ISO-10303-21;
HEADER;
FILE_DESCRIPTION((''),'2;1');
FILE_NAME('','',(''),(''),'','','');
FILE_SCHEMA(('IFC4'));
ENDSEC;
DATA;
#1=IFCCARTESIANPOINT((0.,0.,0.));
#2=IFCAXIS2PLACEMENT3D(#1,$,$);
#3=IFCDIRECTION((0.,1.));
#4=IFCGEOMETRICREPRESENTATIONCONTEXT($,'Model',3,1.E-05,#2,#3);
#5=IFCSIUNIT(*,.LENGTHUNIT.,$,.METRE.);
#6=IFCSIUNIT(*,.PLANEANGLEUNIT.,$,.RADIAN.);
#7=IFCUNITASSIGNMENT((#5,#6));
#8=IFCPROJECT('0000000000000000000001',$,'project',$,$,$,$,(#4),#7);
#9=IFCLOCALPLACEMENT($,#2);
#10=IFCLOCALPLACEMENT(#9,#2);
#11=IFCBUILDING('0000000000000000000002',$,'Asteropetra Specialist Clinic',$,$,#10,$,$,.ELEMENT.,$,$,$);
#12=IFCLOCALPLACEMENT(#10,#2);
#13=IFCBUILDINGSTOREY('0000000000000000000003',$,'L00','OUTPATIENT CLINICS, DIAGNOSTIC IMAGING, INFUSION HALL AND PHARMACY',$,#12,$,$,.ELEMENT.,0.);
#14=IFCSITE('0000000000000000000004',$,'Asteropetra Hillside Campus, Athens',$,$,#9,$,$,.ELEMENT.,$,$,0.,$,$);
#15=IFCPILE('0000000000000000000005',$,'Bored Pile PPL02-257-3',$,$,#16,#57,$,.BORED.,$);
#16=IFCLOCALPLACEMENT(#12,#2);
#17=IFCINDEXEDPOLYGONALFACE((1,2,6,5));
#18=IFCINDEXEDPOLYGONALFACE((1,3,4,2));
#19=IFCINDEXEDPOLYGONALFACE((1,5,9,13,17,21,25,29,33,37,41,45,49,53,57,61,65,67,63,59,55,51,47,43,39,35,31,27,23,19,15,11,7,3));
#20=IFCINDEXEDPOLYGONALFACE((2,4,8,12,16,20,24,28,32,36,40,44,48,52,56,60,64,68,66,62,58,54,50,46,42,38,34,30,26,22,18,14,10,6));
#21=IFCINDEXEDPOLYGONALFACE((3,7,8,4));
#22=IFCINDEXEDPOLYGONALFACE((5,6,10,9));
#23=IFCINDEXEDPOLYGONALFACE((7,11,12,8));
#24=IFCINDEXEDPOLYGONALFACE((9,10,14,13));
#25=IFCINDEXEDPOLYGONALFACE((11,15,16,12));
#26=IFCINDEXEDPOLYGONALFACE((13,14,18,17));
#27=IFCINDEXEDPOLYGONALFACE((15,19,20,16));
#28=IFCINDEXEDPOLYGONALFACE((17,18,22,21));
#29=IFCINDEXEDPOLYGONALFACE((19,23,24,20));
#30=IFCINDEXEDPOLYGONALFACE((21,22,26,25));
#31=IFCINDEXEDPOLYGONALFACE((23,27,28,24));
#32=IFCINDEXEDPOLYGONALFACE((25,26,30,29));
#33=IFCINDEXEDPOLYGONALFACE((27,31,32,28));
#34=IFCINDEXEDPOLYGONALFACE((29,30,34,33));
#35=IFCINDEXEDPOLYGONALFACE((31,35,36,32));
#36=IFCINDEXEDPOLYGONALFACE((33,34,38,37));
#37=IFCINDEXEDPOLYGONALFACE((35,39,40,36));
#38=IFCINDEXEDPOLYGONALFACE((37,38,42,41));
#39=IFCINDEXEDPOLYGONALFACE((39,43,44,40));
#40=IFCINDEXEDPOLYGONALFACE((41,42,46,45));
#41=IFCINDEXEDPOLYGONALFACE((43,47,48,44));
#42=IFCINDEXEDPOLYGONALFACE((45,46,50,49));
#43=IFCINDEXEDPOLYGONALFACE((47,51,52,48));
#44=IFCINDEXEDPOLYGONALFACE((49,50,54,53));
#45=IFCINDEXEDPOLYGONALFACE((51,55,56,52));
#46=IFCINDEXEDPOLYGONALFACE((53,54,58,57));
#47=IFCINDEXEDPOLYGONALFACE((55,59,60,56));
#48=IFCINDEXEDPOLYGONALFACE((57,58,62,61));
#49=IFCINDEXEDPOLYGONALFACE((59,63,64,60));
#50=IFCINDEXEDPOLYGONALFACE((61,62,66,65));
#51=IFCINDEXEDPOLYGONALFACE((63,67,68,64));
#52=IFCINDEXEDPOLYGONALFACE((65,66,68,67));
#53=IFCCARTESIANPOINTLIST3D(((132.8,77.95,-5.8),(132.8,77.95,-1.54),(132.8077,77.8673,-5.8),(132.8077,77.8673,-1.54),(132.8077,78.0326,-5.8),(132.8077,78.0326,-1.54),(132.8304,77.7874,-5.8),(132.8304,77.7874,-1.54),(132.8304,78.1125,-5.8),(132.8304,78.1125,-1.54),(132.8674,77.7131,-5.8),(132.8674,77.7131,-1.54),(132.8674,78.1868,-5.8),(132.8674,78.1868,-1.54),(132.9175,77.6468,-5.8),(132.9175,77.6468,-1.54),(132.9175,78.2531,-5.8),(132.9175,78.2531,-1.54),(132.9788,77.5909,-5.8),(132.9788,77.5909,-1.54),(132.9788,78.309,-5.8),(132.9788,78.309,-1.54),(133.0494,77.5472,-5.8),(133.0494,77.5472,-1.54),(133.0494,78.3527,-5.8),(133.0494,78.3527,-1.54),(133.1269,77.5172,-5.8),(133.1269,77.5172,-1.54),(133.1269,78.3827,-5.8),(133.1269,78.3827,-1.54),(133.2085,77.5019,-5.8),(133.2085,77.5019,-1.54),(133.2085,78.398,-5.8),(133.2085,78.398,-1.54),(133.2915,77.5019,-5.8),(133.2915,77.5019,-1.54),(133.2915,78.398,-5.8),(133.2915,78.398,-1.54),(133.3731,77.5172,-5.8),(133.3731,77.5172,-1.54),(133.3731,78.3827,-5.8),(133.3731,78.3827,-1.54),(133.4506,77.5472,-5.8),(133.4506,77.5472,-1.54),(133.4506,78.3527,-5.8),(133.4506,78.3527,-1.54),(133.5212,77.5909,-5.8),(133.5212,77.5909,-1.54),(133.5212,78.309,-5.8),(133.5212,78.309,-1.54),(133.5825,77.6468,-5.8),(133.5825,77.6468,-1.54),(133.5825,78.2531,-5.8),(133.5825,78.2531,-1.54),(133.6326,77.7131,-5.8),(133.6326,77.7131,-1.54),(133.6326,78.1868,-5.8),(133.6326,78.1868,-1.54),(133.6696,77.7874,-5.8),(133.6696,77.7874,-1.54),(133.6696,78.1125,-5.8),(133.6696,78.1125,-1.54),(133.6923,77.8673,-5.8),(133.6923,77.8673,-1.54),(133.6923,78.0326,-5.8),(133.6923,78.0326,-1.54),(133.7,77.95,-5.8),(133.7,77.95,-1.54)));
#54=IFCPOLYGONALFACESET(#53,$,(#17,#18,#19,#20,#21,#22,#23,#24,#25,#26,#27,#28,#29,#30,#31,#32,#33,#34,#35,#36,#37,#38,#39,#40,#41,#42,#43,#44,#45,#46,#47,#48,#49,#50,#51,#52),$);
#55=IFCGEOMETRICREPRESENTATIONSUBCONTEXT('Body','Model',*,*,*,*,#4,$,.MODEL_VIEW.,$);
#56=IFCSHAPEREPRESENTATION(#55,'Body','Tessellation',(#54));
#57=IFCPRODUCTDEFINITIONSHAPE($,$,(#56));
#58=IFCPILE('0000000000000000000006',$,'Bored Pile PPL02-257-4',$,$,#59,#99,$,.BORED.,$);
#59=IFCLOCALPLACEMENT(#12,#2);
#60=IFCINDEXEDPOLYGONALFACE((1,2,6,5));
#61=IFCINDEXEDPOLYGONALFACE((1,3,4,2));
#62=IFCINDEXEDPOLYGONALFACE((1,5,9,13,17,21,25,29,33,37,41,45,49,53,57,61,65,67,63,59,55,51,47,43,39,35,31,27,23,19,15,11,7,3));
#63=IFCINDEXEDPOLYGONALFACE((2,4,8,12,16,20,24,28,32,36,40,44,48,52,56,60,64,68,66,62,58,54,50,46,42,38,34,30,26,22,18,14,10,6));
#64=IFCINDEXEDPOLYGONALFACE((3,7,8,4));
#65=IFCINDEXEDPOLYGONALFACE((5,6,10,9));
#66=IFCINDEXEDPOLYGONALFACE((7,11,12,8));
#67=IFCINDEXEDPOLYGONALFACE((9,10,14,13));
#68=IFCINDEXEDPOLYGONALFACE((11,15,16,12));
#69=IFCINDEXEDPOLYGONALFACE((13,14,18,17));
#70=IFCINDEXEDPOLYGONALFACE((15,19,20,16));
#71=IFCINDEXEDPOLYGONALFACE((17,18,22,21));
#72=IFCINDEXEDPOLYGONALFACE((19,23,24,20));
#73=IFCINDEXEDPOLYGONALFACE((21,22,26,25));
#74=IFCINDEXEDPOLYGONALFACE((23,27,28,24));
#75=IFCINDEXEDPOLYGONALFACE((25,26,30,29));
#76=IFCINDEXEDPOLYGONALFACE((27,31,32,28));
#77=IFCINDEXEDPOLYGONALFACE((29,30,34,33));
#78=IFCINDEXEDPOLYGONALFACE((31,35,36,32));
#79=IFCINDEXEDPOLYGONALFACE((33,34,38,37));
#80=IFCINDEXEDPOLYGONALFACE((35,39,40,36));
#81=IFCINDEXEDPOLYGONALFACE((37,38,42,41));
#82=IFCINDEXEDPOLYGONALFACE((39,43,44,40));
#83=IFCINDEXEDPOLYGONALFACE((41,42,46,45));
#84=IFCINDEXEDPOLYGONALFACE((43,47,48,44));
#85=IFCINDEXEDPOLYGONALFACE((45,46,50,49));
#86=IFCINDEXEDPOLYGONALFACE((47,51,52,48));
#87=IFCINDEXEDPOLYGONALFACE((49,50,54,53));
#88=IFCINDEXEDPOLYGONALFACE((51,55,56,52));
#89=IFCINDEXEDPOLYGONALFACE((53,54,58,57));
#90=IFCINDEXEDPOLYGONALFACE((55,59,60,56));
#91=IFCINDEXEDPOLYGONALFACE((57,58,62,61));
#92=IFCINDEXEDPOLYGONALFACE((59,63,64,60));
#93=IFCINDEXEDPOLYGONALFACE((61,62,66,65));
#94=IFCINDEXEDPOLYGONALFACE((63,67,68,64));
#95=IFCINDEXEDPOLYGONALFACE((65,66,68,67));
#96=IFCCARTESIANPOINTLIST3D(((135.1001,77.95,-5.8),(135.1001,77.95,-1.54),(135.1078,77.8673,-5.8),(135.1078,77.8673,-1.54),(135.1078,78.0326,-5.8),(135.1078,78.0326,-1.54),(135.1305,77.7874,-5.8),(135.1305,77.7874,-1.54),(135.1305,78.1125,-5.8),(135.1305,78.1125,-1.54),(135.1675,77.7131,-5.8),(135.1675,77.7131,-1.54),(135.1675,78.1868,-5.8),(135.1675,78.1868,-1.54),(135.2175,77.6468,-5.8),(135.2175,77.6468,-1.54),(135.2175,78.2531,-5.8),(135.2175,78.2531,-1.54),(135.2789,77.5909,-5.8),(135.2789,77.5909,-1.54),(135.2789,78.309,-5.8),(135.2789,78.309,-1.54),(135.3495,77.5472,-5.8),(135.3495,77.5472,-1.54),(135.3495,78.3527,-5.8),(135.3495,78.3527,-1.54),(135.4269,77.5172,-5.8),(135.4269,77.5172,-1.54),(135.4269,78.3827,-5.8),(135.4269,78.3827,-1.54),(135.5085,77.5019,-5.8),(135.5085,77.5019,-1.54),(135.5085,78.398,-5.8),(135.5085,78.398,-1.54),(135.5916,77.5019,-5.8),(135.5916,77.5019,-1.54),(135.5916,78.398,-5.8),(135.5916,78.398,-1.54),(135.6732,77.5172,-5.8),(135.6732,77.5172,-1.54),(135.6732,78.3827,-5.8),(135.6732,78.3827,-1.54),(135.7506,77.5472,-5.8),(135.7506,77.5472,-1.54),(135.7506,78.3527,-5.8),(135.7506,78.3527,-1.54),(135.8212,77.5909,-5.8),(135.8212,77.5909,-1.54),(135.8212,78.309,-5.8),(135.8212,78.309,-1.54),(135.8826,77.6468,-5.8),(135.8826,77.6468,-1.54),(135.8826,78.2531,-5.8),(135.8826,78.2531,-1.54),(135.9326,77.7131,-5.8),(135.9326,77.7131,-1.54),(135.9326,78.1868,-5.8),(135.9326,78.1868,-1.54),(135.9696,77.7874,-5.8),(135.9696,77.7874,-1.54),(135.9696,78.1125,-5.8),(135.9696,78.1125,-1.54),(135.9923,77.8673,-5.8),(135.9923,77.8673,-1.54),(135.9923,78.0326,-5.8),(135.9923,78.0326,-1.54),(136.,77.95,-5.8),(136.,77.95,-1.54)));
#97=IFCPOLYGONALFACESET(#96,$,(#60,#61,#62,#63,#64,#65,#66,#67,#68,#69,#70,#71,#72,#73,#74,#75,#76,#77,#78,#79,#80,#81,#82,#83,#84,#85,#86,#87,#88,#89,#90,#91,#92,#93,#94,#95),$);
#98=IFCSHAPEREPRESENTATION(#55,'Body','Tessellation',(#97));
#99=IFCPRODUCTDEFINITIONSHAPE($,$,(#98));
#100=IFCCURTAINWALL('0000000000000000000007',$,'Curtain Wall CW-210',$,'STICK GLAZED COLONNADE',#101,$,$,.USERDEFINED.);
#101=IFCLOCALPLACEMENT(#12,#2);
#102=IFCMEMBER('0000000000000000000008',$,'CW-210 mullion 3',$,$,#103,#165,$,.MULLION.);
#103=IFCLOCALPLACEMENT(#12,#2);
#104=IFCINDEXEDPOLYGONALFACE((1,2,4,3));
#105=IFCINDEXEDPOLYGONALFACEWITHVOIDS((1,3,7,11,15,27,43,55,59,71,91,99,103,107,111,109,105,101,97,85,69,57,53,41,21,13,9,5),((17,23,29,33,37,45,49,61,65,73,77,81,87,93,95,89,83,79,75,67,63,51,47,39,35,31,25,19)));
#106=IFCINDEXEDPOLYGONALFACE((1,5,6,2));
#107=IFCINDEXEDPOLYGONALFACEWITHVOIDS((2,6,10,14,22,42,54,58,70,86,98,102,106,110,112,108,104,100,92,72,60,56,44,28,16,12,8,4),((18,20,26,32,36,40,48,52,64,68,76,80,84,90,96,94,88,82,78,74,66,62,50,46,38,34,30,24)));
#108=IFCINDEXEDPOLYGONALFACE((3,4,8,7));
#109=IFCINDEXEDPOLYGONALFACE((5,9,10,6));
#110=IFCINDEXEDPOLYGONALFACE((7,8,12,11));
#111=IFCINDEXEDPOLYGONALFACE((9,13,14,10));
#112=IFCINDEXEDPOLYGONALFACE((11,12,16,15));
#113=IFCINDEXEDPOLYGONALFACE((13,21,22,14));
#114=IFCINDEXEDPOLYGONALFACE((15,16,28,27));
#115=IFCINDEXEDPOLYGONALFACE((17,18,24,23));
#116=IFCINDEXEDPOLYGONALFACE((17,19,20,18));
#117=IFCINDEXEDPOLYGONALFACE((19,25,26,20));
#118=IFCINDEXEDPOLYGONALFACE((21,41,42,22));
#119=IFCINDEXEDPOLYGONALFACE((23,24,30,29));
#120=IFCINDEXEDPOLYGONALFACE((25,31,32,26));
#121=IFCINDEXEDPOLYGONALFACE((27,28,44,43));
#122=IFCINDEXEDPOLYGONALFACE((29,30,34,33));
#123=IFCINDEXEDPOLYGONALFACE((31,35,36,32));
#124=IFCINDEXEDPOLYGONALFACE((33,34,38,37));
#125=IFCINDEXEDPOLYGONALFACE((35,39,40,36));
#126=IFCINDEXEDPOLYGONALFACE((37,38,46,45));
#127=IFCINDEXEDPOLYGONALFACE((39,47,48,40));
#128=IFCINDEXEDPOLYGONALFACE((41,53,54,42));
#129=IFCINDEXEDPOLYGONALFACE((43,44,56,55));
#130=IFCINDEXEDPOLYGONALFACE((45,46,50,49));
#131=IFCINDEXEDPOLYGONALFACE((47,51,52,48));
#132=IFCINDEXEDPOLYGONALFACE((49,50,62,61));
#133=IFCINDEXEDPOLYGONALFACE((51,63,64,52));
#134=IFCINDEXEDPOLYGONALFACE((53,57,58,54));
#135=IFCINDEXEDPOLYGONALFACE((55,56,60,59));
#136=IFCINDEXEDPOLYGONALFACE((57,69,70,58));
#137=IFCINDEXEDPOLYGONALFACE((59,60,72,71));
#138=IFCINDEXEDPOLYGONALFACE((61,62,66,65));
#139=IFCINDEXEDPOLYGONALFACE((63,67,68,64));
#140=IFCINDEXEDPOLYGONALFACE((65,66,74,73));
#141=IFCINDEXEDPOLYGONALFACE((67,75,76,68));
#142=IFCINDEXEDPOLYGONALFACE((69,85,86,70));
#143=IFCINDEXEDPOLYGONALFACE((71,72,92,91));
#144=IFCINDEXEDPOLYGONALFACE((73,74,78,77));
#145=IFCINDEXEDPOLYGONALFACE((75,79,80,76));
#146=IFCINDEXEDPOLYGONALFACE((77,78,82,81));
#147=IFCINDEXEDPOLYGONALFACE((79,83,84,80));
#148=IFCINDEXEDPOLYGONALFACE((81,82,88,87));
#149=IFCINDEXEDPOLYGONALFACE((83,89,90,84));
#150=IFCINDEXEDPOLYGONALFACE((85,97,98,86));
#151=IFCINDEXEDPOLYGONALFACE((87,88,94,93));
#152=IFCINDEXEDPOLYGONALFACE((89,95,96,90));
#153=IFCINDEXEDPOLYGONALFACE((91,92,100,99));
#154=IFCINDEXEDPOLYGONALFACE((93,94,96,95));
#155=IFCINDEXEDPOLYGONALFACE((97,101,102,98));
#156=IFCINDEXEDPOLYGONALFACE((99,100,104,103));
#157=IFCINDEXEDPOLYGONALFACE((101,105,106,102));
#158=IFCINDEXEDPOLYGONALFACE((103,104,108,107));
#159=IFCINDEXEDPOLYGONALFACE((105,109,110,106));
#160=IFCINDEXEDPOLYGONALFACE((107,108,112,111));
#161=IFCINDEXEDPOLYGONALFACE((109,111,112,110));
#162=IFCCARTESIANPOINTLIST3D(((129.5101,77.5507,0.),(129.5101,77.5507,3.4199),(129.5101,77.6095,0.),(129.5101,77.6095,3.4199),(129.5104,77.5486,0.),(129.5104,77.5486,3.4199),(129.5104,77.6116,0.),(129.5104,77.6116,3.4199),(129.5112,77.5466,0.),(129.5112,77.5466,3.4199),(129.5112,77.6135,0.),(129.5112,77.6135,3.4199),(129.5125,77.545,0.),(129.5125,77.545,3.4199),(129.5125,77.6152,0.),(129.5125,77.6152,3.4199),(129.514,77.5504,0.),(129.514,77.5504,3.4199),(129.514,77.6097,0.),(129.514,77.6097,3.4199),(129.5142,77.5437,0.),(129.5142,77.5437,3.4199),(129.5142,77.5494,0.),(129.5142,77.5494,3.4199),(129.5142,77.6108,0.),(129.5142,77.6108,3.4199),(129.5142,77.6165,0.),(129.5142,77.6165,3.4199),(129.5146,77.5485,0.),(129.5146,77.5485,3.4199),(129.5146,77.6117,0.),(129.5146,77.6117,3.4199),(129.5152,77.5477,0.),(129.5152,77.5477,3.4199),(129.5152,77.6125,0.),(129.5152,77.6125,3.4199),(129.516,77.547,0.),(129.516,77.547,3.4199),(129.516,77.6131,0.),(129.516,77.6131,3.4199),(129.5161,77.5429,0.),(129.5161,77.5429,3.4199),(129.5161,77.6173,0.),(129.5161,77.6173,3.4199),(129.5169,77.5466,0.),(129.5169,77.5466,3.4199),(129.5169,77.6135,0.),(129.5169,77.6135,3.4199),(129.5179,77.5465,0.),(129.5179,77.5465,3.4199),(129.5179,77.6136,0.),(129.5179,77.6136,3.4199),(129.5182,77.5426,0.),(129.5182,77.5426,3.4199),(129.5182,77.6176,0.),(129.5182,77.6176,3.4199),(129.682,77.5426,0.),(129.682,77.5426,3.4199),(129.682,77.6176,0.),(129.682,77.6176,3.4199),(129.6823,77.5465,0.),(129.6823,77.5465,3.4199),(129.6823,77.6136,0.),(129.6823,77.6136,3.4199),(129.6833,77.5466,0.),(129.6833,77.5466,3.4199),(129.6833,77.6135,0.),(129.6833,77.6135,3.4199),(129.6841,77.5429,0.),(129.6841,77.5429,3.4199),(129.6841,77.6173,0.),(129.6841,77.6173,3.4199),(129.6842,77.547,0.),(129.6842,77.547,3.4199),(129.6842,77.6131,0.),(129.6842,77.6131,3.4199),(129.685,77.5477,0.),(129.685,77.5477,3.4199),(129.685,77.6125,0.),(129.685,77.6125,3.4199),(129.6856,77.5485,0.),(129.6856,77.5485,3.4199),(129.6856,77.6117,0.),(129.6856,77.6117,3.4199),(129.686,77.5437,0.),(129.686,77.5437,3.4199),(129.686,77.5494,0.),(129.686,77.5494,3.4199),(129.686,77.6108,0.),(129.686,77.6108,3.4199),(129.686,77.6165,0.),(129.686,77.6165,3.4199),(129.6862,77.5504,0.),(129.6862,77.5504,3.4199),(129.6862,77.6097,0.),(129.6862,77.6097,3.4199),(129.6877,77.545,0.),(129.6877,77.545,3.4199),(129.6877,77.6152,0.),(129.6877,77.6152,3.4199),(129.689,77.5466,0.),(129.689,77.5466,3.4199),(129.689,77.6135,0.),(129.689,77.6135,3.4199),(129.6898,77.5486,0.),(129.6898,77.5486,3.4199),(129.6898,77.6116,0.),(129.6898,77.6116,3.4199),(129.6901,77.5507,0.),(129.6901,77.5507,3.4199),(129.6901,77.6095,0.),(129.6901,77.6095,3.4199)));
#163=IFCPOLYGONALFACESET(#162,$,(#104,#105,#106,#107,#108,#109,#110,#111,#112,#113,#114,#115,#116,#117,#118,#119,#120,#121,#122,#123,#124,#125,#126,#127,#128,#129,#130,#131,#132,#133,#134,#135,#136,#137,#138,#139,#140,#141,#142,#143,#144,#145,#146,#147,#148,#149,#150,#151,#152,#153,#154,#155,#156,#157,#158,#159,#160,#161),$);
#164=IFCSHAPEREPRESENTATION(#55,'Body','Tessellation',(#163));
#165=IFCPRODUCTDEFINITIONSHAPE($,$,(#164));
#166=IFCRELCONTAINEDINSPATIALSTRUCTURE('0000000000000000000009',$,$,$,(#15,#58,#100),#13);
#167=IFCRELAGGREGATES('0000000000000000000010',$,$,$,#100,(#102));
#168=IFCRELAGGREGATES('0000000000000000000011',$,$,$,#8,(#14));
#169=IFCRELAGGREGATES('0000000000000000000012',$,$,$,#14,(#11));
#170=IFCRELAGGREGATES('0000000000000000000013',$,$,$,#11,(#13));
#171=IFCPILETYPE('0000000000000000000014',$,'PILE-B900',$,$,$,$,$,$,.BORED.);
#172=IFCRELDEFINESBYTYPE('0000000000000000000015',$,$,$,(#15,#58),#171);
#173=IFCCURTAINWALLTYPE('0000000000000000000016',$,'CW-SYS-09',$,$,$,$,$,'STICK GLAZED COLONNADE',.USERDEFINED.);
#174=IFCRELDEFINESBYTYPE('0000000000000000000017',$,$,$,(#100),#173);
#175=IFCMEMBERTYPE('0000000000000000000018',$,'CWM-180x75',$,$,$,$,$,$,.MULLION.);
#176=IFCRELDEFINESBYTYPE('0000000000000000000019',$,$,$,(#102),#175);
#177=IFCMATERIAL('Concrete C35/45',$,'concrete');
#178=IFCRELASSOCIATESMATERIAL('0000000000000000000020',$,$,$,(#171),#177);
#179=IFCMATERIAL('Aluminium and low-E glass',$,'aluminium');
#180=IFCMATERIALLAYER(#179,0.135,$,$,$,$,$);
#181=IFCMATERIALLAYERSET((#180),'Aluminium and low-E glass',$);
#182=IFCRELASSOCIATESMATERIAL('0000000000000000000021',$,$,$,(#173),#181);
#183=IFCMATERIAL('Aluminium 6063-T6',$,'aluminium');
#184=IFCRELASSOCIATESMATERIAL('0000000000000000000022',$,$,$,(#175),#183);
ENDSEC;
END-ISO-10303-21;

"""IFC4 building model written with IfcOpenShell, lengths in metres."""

from ifc_helpers import new_model, si_unit, direction, frame, origin, origin_2d, place, context, subcontext, project, spatial, hollow_rectangle, circle, extrude, material, layer, layer_set, material_profile, profile_set, type_object, element, aggregate, save


model = new_model("IFC4")

# Units and contexts
model_context = context("Model", 3, precision=1e-05, world=origin(), true_north=direction((0.0, 1.0)))
body_context = subcontext(model_context, "Body", "Model", "MODEL_VIEW")
ifc_project = project(units=[si_unit("LENGTHUNIT", "METRE"), si_unit("PLANEANGLEUNIT", "RADIAN")], contexts=[model_context])

# Site, building, storey
site_placement = place(None, origin())
site = spatial("IfcSite", under=ifc_project, at=site_placement, Name="Asteropetra Hillside Campus, Athens", CompositionType="ELEMENT", RefElevation=0.0)
building_placement = place(site_placement, origin())
building = spatial("IfcBuilding", under=site, at=building_placement, Name="Asteropetra Specialist Clinic", CompositionType="ELEMENT")
storey_placement = place(building_placement, origin())
storey = spatial("IfcBuildingStorey", under=building, at=storey_placement, Name="L00", Description="OUTPATIENT CLINICS, DIAGNOSTIC IMAGING, INFUSION HALL AND PHARMACY", CompositionType="ELEMENT", Elevation=0.0)

# Piles
ifc_material_1 = material(Name="Concrete C35/45", Category="concrete")
ifc_material_profile_1 = material_profile(ifc_material_1, circle(Radius=0.45, at=origin_2d()), Name="PILE D900")
ifc_profile_set_1 = profile_set([ifc_material_profile_1], Name="Concrete C35/45")
pile_type = type_object("IfcPileType", Name="PILE-B900", PredefinedType="BORED", material=ifc_profile_set_1)
for number, where, z_axis, x_axis, name in (
    (1, (133.25, 77.95, -1.54), (0.0, 0.0, -1.0), (1.0, 0.0, 0.0), "Bored Pile PPL02-257-3"),
    (2, (135.55, 77.95, -1.54), (0.0, 0.0, -1.0), (1.0, 0.0, 0.0), "Bored Pile PPL02-257-4"),
):
    element("IfcPile", number, at=place(storey_placement, frame(where, z_axis=z_axis, x_axis=x_axis)), inside=storey, type_object=pile_type, Name=name, PredefinedType="BORED", context=body_context, shape_type="SweptSolid", body=[
        extrude(circle(Radius=0.45, at=origin_2d()), origin(), (0.0, 0.0, 1.0), 4.26),
    ])

# Curtain wall, member
ifc_material_2 = material(Name="Aluminium and low-E glass", Category="aluminium")
ifc_layer_1 = layer(ifc_material_2, 0.135)
ifc_layer_set_1 = layer_set([ifc_layer_1], Name="Aluminium and low-E glass")
curtain_wall_type = type_object("IfcCurtainWallType", Name="CW-SYS-09", ElementType="STICK GLAZED COLONNADE", PredefinedType="USERDEFINED", material=ifc_layer_set_1)
curtain_wall_placement = place(storey_placement, origin())
curtain_wall = element("IfcCurtainWall", 3, at=curtain_wall_placement, inside=storey, type_object=curtain_wall_type, Name="Curtain Wall CW-210", ObjectType="STICK GLAZED COLONNADE", PredefinedType="USERDEFINED")
ifc_material_3 = material(Name="Aluminium 6063-T6", Category="aluminium")
ifc_material_profile_2 = material_profile(ifc_material_3, hollow_rectangle(XDim=0.075, YDim=0.1799, WallThickness=0.0039, InnerFilletRadius=0.0039, OuterFilletRadius=0.0081, at=origin_2d()), Name="MUL 180x75x4.0")
ifc_profile_set_2 = profile_set([ifc_material_profile_2], Name="Aluminium 6063-T6")
member_type_1 = type_object("IfcMemberType", Name="CWM-180x75", PredefinedType="MULLION", material=ifc_profile_set_2)
member_1_placement = place(storey_placement, frame((129.6001, 77.5801, 0.0), z_axis=(0.0, 0.0, 1.0), x_axis=(0.0, 1.0, 0.0)))
member_1 = element("IfcMember", 4, at=member_1_placement, type_object=member_type_1, Name="CW-210 mullion 3", PredefinedType="MULLION", context=body_context, shape_type="SweptSolid", body=[
    extrude(hollow_rectangle(XDim=0.075, YDim=0.1799, WallThickness=0.0039, InnerFilletRadius=0.0039, OuterFilletRadius=0.0081, at=origin_2d()), origin(), (0.0, 0.0, 1.0), 3.4199),
])
aggregate(curtain_wall, [member_1])

save(model, "model.ifc")
